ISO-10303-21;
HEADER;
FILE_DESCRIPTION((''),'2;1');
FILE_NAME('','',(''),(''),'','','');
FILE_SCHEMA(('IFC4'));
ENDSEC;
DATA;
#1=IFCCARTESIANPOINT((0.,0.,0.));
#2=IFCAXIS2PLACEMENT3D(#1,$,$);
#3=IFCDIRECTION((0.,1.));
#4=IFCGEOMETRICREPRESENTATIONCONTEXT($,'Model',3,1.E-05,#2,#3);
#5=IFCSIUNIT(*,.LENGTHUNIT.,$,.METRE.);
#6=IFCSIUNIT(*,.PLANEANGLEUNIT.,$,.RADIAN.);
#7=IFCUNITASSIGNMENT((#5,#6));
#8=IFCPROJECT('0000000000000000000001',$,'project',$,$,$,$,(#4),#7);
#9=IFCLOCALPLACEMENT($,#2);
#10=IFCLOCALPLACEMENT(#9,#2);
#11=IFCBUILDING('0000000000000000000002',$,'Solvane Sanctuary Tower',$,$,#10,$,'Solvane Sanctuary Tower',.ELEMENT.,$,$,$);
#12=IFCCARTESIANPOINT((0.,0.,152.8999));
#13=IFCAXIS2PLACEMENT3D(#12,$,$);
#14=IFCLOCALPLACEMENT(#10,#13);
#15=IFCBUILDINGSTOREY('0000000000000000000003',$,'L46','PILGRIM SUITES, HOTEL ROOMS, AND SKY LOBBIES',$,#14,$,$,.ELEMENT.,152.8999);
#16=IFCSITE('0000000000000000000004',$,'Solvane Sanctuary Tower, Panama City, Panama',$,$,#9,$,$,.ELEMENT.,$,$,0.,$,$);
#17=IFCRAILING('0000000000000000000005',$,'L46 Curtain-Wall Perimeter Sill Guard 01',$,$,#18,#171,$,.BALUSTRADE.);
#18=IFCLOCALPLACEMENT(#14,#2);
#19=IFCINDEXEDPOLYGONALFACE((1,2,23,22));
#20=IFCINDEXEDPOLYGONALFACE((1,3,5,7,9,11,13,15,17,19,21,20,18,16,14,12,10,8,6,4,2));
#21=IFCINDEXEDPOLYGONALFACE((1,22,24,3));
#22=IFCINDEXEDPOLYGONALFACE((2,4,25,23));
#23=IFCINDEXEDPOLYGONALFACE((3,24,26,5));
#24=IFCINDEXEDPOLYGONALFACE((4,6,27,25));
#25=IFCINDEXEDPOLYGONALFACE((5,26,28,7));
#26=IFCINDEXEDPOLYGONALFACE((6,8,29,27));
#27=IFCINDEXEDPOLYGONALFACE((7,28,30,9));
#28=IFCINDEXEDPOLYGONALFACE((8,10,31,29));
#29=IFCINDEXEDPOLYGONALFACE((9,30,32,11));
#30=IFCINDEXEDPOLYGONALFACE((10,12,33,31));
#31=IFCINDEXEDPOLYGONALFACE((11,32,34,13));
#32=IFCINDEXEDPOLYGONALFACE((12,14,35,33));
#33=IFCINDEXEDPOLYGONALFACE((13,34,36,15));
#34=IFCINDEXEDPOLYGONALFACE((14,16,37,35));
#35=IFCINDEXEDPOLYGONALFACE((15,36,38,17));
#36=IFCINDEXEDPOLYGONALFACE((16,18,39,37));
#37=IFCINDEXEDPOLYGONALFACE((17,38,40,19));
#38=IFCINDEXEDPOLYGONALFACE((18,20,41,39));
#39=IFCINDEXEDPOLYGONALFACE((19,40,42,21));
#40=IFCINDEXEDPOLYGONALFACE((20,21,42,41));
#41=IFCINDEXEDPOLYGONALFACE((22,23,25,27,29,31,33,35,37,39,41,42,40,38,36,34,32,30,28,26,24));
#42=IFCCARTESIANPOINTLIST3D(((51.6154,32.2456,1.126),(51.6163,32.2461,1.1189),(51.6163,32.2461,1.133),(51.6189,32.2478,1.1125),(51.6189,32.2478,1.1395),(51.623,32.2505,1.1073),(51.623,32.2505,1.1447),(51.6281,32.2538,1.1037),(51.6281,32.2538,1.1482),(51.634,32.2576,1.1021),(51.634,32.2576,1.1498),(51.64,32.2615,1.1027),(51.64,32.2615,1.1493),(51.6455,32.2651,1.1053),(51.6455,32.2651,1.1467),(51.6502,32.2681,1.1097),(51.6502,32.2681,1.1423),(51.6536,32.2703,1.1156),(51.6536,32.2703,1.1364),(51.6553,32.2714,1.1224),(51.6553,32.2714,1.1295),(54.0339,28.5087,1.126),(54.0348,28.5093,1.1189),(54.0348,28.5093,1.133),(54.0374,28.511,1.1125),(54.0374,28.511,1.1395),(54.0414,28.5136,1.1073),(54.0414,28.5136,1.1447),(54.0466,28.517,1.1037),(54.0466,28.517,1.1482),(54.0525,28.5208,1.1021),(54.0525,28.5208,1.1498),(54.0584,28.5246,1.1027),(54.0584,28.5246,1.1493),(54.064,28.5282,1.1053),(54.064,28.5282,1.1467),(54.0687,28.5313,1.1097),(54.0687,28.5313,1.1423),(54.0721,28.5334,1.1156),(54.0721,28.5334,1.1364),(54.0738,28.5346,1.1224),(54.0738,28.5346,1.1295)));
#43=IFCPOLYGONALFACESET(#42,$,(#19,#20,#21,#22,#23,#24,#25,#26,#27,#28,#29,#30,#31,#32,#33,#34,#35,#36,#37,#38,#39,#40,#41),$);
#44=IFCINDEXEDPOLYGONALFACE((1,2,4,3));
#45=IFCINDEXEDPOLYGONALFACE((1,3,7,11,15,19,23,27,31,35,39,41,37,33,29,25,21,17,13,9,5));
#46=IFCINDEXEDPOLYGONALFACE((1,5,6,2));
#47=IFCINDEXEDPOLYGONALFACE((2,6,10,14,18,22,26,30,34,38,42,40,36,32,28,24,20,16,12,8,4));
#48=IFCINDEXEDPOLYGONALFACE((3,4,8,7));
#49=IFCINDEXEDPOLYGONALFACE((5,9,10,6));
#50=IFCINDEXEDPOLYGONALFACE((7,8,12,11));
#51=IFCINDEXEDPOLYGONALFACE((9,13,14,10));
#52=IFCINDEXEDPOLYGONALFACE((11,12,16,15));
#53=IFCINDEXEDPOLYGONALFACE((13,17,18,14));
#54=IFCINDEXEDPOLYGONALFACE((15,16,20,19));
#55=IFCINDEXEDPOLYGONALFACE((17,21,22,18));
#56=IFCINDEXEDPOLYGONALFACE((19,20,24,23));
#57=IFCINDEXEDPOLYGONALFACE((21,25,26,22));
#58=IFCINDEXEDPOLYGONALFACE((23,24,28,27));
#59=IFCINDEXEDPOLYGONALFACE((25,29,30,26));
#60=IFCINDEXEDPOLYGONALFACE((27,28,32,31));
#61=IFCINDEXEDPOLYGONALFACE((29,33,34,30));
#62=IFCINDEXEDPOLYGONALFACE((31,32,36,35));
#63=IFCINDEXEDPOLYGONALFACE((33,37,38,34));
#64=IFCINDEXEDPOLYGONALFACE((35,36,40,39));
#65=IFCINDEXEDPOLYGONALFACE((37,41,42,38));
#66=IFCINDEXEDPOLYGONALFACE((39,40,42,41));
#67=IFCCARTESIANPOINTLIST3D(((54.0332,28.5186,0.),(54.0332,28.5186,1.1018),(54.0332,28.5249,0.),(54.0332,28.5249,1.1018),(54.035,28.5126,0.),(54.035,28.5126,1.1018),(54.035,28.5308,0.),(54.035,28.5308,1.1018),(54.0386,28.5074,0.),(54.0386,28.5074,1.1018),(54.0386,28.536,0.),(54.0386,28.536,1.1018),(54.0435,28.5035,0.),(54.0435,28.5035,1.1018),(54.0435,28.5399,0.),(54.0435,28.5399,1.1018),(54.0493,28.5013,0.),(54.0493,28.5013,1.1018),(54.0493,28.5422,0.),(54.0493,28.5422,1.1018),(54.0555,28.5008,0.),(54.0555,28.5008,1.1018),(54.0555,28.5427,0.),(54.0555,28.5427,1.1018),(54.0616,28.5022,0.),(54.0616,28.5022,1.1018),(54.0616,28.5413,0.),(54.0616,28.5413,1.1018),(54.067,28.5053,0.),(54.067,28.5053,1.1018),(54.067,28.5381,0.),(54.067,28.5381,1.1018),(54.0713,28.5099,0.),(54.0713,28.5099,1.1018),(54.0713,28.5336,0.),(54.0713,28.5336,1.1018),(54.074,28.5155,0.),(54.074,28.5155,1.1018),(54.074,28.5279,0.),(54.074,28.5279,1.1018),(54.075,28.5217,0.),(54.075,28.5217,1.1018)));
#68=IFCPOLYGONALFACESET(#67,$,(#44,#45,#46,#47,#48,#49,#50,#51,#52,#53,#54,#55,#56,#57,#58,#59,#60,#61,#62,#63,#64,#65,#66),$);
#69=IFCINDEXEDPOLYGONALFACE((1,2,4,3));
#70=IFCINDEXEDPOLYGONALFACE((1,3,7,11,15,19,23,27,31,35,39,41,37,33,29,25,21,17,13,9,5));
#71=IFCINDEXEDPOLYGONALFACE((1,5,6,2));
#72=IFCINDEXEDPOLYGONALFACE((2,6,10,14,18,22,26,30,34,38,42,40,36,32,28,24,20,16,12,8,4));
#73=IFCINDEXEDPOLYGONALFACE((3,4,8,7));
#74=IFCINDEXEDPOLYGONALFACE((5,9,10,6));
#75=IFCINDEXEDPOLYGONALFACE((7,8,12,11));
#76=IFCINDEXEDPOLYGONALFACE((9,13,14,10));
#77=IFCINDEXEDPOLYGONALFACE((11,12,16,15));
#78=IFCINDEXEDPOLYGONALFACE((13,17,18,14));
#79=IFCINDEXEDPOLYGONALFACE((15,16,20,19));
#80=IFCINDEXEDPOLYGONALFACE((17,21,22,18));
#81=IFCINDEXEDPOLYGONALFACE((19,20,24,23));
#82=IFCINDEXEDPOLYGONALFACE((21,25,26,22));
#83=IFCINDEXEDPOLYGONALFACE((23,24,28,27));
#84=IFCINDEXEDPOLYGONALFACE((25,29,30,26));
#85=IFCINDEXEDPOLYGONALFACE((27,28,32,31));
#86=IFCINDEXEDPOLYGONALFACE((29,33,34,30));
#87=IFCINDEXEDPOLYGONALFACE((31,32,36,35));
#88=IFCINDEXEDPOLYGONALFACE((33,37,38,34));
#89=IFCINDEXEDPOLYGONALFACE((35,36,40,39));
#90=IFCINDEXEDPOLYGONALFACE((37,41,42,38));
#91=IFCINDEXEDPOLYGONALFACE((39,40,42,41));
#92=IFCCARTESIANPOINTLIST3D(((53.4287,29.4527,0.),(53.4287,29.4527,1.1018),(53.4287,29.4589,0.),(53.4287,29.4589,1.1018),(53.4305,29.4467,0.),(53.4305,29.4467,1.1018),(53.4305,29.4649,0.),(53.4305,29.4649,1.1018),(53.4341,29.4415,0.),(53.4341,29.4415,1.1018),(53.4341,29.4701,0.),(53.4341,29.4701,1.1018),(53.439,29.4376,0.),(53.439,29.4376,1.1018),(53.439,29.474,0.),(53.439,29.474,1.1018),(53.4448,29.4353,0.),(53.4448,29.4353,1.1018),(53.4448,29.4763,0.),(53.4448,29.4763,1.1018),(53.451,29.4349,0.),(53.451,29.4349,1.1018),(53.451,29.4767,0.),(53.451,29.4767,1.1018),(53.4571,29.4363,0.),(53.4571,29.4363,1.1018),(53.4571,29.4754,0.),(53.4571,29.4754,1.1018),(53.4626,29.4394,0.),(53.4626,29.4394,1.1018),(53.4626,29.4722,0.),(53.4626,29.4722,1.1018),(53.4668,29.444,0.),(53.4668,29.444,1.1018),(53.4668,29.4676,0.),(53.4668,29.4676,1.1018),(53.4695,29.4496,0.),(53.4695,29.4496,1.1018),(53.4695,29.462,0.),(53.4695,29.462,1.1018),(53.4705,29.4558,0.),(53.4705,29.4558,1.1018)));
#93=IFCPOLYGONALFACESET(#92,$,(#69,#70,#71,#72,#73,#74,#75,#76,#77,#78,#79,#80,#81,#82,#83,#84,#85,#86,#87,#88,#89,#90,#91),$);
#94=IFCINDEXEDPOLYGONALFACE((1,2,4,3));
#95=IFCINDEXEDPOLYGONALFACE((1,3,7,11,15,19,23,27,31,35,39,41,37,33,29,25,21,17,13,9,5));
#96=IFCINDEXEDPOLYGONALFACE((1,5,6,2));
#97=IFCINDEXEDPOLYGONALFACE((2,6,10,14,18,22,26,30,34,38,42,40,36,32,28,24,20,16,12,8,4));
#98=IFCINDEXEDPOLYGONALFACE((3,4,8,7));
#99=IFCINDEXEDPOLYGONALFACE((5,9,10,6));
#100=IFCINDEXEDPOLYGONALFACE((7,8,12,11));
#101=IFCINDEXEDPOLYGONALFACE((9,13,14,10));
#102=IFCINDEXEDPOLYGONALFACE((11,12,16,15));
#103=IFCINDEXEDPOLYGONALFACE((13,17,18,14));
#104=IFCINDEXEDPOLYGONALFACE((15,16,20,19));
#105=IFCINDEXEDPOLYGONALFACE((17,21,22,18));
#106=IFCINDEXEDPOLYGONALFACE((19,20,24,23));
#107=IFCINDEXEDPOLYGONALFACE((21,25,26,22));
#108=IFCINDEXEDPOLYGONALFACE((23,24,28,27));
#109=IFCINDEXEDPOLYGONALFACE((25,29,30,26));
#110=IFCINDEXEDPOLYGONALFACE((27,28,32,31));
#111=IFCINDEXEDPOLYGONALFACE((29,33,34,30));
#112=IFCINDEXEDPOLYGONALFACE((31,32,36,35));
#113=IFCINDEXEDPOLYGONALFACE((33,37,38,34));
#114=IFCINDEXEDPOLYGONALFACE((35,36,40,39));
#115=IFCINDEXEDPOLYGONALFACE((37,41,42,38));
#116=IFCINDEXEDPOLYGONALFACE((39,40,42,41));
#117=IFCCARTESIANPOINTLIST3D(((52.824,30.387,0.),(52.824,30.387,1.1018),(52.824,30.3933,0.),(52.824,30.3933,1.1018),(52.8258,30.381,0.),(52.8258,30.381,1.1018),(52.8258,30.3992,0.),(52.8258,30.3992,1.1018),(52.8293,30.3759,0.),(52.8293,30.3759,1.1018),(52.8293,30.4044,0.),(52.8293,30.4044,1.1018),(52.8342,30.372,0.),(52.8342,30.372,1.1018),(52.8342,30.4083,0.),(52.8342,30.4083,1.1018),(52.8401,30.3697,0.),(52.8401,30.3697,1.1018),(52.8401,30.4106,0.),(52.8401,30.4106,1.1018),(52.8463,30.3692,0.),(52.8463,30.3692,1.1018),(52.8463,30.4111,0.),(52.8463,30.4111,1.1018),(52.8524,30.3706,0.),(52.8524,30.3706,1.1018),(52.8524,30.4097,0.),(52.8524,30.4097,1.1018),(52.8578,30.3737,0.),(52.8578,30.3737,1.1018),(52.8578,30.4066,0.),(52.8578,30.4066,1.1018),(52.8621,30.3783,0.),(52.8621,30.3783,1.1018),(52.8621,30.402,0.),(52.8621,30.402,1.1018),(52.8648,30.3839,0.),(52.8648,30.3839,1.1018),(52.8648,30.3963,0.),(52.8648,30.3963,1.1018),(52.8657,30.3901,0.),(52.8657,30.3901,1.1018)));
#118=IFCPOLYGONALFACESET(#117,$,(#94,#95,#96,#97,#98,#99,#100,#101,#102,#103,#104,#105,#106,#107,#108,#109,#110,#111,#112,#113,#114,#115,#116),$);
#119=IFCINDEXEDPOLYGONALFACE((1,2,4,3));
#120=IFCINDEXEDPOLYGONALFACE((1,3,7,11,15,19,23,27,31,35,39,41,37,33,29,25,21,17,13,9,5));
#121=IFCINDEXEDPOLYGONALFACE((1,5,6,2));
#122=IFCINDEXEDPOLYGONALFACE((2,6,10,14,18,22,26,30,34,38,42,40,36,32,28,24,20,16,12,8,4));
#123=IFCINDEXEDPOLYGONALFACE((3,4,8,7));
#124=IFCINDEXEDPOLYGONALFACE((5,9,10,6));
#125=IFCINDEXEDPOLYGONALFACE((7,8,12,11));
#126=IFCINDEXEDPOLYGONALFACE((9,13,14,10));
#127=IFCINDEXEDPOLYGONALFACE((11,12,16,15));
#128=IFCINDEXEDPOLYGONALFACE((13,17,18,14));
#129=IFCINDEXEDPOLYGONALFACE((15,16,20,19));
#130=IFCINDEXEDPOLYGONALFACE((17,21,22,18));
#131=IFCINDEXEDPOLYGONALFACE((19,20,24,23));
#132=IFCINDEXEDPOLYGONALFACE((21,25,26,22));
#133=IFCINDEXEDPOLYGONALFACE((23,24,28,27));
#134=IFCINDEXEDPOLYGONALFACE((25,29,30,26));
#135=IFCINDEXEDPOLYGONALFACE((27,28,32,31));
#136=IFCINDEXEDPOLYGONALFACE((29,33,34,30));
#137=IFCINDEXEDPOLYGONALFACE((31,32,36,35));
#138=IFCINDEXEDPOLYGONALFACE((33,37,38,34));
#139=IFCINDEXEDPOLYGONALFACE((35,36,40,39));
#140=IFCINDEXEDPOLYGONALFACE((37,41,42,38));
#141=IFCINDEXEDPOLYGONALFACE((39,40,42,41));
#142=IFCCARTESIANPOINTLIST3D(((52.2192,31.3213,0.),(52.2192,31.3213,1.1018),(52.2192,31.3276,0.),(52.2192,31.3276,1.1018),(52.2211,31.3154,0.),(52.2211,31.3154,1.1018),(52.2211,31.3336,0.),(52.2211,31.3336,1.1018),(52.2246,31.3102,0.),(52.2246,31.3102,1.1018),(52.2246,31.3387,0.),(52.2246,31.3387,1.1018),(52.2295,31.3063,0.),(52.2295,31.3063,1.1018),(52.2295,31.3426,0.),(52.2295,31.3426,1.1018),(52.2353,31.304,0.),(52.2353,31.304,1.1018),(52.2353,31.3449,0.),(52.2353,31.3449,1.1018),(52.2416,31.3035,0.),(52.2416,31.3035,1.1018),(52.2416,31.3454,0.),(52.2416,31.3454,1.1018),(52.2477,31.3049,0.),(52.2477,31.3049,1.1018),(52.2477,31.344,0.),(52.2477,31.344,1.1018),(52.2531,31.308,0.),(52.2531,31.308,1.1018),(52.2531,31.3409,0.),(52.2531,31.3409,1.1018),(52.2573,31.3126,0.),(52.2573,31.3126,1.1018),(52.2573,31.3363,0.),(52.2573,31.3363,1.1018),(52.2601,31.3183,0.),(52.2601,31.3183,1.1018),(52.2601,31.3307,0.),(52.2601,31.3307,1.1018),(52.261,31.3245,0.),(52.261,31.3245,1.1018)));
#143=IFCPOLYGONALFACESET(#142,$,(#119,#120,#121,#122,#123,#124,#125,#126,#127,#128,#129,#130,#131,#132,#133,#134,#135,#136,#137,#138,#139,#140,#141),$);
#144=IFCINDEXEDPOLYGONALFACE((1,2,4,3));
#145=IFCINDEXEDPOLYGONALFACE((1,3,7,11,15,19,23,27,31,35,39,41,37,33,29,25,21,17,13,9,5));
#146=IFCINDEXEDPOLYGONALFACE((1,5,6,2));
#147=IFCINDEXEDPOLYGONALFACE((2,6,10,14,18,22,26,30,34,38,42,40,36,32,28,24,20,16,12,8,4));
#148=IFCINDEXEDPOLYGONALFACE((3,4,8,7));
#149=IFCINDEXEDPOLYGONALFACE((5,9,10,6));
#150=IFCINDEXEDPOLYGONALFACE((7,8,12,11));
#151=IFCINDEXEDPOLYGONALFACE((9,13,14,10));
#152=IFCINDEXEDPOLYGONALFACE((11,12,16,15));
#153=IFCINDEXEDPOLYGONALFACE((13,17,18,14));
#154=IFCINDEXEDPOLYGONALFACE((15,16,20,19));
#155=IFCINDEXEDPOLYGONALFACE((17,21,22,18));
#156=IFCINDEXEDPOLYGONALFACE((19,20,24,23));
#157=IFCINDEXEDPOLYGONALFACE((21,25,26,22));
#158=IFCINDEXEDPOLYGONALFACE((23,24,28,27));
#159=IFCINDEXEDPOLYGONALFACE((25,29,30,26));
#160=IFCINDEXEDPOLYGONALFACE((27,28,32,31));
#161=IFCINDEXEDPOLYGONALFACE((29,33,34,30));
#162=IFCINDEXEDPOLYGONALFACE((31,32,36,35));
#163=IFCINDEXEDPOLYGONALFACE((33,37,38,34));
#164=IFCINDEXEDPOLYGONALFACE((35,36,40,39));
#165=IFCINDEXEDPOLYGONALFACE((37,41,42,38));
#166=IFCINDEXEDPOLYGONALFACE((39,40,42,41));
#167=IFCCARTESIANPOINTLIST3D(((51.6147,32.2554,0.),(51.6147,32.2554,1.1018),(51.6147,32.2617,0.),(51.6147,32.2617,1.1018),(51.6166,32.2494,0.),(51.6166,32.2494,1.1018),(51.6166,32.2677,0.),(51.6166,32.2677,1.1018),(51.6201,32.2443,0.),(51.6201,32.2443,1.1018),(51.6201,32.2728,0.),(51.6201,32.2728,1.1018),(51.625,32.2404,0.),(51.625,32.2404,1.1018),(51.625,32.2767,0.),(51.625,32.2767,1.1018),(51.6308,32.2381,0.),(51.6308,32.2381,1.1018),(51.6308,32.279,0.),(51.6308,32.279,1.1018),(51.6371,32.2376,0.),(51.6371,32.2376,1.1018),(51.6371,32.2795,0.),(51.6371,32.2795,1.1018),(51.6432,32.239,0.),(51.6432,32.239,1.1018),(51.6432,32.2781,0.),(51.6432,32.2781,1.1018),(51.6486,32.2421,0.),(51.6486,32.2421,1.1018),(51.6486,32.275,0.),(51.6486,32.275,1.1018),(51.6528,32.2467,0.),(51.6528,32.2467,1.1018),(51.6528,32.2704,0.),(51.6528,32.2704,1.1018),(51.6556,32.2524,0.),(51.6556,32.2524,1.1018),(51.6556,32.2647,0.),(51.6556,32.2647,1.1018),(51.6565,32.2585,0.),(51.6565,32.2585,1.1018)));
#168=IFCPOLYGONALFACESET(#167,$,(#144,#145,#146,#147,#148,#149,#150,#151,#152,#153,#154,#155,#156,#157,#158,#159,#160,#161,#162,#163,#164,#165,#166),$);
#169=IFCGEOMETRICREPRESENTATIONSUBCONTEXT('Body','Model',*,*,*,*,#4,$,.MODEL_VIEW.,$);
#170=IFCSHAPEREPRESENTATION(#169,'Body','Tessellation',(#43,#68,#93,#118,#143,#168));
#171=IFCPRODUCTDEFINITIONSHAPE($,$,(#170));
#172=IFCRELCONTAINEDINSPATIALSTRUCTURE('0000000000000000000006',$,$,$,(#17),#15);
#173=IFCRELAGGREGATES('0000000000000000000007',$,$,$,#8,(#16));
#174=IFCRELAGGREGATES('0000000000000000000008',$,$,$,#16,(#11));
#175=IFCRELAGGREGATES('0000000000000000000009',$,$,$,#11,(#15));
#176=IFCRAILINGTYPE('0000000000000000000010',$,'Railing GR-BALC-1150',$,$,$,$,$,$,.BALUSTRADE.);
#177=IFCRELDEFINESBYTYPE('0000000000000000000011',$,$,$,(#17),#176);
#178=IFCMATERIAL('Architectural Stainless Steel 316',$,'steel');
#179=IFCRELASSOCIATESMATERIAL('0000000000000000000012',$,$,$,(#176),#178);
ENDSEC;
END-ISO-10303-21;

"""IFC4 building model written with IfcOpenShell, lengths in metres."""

from ifc_helpers import new_model, si_unit, direction, frame, origin, origin_2d, place, context, subcontext, project, spatial, circle, extrude, material, type_object, element, save


model = new_model("IFC4")

# Units and contexts
model_context = context("Model", 3, precision=1e-05, world=origin(), true_north=direction((0.0, 1.0)))
body_context = subcontext(model_context, "Body", "Model", "MODEL_VIEW")
ifc_project = project(units=[si_unit("LENGTHUNIT", "METRE"), si_unit("PLANEANGLEUNIT", "RADIAN")], contexts=[model_context])

# Site, building, storey
site_placement = place(None, origin())
site = spatial("IfcSite", under=ifc_project, at=site_placement, Name="Solvane Sanctuary Tower, Panama City, Panama", CompositionType="ELEMENT", RefElevation=0.0)
building_placement = place(site_placement, origin())
building = spatial("IfcBuilding", under=site, at=building_placement, Name="Solvane Sanctuary Tower", LongName="Solvane Sanctuary Tower", CompositionType="ELEMENT")
storey_placement = place(building_placement, frame((0.0, 0.0, 152.8999)))
storey = spatial("IfcBuildingStorey", under=building, at=storey_placement, Name="L46", Description="PILGRIM SUITES, HOTEL ROOMS, AND SKY LOBBIES", CompositionType="ELEMENT", Elevation=152.8999)

# Shared definitions
ifc_material_1 = material(Name="Architectural Stainless Steel 316", Category="steel")

# Railing
railing_type = type_object("IfcRailingType", Name="Railing GR-BALC-1150", PredefinedType="BALUSTRADE", material=ifc_material_1)
railing_1_placement = place(storey_placement, frame((54.054, 28.5217, 0.0)))
element("IfcRailing", 1, at=railing_1_placement, inside=storey, type_object=railing_type, Name="L46 Curtain-Wall Perimeter Sill Guard 01", PredefinedType="BALUSTRADE", context=body_context, shape_type="SweptSolid", body=[
    extrude(circle(Radius=0.0239, at=origin_2d()), frame((0.0, 0.0, 1.126), z_axis=(-0.543333, 0.839517, 0.0), x_axis=(-0.839517, -0.543333, 0.0)), (0.0, 0.0, 1.0), 4.4512),
    extrude(circle(Radius=0.021, at=origin_2d()), origin(), (0.0, 0.0, 1.0), 1.1018),
    extrude(circle(Radius=0.021, at=origin_2d()), frame((-0.6045, 0.9341, 0.0)), (0.0, 0.0, 1.0), 1.1018),
    extrude(circle(Radius=0.021, at=origin_2d()), frame((-1.2092, 1.8684, 0.0)), (0.0, 0.0, 1.0), 1.1018),
    extrude(circle(Radius=0.021, at=origin_2d()), frame((-1.814, 2.8027, 0.0)), (0.0, 0.0, 1.0), 1.1018),
    extrude(circle(Radius=0.021, at=origin_2d()), frame((-2.4185, 3.7368, 0.0)), (0.0, 0.0, 1.0), 1.1018),
])

save(model, "model.ifc")
